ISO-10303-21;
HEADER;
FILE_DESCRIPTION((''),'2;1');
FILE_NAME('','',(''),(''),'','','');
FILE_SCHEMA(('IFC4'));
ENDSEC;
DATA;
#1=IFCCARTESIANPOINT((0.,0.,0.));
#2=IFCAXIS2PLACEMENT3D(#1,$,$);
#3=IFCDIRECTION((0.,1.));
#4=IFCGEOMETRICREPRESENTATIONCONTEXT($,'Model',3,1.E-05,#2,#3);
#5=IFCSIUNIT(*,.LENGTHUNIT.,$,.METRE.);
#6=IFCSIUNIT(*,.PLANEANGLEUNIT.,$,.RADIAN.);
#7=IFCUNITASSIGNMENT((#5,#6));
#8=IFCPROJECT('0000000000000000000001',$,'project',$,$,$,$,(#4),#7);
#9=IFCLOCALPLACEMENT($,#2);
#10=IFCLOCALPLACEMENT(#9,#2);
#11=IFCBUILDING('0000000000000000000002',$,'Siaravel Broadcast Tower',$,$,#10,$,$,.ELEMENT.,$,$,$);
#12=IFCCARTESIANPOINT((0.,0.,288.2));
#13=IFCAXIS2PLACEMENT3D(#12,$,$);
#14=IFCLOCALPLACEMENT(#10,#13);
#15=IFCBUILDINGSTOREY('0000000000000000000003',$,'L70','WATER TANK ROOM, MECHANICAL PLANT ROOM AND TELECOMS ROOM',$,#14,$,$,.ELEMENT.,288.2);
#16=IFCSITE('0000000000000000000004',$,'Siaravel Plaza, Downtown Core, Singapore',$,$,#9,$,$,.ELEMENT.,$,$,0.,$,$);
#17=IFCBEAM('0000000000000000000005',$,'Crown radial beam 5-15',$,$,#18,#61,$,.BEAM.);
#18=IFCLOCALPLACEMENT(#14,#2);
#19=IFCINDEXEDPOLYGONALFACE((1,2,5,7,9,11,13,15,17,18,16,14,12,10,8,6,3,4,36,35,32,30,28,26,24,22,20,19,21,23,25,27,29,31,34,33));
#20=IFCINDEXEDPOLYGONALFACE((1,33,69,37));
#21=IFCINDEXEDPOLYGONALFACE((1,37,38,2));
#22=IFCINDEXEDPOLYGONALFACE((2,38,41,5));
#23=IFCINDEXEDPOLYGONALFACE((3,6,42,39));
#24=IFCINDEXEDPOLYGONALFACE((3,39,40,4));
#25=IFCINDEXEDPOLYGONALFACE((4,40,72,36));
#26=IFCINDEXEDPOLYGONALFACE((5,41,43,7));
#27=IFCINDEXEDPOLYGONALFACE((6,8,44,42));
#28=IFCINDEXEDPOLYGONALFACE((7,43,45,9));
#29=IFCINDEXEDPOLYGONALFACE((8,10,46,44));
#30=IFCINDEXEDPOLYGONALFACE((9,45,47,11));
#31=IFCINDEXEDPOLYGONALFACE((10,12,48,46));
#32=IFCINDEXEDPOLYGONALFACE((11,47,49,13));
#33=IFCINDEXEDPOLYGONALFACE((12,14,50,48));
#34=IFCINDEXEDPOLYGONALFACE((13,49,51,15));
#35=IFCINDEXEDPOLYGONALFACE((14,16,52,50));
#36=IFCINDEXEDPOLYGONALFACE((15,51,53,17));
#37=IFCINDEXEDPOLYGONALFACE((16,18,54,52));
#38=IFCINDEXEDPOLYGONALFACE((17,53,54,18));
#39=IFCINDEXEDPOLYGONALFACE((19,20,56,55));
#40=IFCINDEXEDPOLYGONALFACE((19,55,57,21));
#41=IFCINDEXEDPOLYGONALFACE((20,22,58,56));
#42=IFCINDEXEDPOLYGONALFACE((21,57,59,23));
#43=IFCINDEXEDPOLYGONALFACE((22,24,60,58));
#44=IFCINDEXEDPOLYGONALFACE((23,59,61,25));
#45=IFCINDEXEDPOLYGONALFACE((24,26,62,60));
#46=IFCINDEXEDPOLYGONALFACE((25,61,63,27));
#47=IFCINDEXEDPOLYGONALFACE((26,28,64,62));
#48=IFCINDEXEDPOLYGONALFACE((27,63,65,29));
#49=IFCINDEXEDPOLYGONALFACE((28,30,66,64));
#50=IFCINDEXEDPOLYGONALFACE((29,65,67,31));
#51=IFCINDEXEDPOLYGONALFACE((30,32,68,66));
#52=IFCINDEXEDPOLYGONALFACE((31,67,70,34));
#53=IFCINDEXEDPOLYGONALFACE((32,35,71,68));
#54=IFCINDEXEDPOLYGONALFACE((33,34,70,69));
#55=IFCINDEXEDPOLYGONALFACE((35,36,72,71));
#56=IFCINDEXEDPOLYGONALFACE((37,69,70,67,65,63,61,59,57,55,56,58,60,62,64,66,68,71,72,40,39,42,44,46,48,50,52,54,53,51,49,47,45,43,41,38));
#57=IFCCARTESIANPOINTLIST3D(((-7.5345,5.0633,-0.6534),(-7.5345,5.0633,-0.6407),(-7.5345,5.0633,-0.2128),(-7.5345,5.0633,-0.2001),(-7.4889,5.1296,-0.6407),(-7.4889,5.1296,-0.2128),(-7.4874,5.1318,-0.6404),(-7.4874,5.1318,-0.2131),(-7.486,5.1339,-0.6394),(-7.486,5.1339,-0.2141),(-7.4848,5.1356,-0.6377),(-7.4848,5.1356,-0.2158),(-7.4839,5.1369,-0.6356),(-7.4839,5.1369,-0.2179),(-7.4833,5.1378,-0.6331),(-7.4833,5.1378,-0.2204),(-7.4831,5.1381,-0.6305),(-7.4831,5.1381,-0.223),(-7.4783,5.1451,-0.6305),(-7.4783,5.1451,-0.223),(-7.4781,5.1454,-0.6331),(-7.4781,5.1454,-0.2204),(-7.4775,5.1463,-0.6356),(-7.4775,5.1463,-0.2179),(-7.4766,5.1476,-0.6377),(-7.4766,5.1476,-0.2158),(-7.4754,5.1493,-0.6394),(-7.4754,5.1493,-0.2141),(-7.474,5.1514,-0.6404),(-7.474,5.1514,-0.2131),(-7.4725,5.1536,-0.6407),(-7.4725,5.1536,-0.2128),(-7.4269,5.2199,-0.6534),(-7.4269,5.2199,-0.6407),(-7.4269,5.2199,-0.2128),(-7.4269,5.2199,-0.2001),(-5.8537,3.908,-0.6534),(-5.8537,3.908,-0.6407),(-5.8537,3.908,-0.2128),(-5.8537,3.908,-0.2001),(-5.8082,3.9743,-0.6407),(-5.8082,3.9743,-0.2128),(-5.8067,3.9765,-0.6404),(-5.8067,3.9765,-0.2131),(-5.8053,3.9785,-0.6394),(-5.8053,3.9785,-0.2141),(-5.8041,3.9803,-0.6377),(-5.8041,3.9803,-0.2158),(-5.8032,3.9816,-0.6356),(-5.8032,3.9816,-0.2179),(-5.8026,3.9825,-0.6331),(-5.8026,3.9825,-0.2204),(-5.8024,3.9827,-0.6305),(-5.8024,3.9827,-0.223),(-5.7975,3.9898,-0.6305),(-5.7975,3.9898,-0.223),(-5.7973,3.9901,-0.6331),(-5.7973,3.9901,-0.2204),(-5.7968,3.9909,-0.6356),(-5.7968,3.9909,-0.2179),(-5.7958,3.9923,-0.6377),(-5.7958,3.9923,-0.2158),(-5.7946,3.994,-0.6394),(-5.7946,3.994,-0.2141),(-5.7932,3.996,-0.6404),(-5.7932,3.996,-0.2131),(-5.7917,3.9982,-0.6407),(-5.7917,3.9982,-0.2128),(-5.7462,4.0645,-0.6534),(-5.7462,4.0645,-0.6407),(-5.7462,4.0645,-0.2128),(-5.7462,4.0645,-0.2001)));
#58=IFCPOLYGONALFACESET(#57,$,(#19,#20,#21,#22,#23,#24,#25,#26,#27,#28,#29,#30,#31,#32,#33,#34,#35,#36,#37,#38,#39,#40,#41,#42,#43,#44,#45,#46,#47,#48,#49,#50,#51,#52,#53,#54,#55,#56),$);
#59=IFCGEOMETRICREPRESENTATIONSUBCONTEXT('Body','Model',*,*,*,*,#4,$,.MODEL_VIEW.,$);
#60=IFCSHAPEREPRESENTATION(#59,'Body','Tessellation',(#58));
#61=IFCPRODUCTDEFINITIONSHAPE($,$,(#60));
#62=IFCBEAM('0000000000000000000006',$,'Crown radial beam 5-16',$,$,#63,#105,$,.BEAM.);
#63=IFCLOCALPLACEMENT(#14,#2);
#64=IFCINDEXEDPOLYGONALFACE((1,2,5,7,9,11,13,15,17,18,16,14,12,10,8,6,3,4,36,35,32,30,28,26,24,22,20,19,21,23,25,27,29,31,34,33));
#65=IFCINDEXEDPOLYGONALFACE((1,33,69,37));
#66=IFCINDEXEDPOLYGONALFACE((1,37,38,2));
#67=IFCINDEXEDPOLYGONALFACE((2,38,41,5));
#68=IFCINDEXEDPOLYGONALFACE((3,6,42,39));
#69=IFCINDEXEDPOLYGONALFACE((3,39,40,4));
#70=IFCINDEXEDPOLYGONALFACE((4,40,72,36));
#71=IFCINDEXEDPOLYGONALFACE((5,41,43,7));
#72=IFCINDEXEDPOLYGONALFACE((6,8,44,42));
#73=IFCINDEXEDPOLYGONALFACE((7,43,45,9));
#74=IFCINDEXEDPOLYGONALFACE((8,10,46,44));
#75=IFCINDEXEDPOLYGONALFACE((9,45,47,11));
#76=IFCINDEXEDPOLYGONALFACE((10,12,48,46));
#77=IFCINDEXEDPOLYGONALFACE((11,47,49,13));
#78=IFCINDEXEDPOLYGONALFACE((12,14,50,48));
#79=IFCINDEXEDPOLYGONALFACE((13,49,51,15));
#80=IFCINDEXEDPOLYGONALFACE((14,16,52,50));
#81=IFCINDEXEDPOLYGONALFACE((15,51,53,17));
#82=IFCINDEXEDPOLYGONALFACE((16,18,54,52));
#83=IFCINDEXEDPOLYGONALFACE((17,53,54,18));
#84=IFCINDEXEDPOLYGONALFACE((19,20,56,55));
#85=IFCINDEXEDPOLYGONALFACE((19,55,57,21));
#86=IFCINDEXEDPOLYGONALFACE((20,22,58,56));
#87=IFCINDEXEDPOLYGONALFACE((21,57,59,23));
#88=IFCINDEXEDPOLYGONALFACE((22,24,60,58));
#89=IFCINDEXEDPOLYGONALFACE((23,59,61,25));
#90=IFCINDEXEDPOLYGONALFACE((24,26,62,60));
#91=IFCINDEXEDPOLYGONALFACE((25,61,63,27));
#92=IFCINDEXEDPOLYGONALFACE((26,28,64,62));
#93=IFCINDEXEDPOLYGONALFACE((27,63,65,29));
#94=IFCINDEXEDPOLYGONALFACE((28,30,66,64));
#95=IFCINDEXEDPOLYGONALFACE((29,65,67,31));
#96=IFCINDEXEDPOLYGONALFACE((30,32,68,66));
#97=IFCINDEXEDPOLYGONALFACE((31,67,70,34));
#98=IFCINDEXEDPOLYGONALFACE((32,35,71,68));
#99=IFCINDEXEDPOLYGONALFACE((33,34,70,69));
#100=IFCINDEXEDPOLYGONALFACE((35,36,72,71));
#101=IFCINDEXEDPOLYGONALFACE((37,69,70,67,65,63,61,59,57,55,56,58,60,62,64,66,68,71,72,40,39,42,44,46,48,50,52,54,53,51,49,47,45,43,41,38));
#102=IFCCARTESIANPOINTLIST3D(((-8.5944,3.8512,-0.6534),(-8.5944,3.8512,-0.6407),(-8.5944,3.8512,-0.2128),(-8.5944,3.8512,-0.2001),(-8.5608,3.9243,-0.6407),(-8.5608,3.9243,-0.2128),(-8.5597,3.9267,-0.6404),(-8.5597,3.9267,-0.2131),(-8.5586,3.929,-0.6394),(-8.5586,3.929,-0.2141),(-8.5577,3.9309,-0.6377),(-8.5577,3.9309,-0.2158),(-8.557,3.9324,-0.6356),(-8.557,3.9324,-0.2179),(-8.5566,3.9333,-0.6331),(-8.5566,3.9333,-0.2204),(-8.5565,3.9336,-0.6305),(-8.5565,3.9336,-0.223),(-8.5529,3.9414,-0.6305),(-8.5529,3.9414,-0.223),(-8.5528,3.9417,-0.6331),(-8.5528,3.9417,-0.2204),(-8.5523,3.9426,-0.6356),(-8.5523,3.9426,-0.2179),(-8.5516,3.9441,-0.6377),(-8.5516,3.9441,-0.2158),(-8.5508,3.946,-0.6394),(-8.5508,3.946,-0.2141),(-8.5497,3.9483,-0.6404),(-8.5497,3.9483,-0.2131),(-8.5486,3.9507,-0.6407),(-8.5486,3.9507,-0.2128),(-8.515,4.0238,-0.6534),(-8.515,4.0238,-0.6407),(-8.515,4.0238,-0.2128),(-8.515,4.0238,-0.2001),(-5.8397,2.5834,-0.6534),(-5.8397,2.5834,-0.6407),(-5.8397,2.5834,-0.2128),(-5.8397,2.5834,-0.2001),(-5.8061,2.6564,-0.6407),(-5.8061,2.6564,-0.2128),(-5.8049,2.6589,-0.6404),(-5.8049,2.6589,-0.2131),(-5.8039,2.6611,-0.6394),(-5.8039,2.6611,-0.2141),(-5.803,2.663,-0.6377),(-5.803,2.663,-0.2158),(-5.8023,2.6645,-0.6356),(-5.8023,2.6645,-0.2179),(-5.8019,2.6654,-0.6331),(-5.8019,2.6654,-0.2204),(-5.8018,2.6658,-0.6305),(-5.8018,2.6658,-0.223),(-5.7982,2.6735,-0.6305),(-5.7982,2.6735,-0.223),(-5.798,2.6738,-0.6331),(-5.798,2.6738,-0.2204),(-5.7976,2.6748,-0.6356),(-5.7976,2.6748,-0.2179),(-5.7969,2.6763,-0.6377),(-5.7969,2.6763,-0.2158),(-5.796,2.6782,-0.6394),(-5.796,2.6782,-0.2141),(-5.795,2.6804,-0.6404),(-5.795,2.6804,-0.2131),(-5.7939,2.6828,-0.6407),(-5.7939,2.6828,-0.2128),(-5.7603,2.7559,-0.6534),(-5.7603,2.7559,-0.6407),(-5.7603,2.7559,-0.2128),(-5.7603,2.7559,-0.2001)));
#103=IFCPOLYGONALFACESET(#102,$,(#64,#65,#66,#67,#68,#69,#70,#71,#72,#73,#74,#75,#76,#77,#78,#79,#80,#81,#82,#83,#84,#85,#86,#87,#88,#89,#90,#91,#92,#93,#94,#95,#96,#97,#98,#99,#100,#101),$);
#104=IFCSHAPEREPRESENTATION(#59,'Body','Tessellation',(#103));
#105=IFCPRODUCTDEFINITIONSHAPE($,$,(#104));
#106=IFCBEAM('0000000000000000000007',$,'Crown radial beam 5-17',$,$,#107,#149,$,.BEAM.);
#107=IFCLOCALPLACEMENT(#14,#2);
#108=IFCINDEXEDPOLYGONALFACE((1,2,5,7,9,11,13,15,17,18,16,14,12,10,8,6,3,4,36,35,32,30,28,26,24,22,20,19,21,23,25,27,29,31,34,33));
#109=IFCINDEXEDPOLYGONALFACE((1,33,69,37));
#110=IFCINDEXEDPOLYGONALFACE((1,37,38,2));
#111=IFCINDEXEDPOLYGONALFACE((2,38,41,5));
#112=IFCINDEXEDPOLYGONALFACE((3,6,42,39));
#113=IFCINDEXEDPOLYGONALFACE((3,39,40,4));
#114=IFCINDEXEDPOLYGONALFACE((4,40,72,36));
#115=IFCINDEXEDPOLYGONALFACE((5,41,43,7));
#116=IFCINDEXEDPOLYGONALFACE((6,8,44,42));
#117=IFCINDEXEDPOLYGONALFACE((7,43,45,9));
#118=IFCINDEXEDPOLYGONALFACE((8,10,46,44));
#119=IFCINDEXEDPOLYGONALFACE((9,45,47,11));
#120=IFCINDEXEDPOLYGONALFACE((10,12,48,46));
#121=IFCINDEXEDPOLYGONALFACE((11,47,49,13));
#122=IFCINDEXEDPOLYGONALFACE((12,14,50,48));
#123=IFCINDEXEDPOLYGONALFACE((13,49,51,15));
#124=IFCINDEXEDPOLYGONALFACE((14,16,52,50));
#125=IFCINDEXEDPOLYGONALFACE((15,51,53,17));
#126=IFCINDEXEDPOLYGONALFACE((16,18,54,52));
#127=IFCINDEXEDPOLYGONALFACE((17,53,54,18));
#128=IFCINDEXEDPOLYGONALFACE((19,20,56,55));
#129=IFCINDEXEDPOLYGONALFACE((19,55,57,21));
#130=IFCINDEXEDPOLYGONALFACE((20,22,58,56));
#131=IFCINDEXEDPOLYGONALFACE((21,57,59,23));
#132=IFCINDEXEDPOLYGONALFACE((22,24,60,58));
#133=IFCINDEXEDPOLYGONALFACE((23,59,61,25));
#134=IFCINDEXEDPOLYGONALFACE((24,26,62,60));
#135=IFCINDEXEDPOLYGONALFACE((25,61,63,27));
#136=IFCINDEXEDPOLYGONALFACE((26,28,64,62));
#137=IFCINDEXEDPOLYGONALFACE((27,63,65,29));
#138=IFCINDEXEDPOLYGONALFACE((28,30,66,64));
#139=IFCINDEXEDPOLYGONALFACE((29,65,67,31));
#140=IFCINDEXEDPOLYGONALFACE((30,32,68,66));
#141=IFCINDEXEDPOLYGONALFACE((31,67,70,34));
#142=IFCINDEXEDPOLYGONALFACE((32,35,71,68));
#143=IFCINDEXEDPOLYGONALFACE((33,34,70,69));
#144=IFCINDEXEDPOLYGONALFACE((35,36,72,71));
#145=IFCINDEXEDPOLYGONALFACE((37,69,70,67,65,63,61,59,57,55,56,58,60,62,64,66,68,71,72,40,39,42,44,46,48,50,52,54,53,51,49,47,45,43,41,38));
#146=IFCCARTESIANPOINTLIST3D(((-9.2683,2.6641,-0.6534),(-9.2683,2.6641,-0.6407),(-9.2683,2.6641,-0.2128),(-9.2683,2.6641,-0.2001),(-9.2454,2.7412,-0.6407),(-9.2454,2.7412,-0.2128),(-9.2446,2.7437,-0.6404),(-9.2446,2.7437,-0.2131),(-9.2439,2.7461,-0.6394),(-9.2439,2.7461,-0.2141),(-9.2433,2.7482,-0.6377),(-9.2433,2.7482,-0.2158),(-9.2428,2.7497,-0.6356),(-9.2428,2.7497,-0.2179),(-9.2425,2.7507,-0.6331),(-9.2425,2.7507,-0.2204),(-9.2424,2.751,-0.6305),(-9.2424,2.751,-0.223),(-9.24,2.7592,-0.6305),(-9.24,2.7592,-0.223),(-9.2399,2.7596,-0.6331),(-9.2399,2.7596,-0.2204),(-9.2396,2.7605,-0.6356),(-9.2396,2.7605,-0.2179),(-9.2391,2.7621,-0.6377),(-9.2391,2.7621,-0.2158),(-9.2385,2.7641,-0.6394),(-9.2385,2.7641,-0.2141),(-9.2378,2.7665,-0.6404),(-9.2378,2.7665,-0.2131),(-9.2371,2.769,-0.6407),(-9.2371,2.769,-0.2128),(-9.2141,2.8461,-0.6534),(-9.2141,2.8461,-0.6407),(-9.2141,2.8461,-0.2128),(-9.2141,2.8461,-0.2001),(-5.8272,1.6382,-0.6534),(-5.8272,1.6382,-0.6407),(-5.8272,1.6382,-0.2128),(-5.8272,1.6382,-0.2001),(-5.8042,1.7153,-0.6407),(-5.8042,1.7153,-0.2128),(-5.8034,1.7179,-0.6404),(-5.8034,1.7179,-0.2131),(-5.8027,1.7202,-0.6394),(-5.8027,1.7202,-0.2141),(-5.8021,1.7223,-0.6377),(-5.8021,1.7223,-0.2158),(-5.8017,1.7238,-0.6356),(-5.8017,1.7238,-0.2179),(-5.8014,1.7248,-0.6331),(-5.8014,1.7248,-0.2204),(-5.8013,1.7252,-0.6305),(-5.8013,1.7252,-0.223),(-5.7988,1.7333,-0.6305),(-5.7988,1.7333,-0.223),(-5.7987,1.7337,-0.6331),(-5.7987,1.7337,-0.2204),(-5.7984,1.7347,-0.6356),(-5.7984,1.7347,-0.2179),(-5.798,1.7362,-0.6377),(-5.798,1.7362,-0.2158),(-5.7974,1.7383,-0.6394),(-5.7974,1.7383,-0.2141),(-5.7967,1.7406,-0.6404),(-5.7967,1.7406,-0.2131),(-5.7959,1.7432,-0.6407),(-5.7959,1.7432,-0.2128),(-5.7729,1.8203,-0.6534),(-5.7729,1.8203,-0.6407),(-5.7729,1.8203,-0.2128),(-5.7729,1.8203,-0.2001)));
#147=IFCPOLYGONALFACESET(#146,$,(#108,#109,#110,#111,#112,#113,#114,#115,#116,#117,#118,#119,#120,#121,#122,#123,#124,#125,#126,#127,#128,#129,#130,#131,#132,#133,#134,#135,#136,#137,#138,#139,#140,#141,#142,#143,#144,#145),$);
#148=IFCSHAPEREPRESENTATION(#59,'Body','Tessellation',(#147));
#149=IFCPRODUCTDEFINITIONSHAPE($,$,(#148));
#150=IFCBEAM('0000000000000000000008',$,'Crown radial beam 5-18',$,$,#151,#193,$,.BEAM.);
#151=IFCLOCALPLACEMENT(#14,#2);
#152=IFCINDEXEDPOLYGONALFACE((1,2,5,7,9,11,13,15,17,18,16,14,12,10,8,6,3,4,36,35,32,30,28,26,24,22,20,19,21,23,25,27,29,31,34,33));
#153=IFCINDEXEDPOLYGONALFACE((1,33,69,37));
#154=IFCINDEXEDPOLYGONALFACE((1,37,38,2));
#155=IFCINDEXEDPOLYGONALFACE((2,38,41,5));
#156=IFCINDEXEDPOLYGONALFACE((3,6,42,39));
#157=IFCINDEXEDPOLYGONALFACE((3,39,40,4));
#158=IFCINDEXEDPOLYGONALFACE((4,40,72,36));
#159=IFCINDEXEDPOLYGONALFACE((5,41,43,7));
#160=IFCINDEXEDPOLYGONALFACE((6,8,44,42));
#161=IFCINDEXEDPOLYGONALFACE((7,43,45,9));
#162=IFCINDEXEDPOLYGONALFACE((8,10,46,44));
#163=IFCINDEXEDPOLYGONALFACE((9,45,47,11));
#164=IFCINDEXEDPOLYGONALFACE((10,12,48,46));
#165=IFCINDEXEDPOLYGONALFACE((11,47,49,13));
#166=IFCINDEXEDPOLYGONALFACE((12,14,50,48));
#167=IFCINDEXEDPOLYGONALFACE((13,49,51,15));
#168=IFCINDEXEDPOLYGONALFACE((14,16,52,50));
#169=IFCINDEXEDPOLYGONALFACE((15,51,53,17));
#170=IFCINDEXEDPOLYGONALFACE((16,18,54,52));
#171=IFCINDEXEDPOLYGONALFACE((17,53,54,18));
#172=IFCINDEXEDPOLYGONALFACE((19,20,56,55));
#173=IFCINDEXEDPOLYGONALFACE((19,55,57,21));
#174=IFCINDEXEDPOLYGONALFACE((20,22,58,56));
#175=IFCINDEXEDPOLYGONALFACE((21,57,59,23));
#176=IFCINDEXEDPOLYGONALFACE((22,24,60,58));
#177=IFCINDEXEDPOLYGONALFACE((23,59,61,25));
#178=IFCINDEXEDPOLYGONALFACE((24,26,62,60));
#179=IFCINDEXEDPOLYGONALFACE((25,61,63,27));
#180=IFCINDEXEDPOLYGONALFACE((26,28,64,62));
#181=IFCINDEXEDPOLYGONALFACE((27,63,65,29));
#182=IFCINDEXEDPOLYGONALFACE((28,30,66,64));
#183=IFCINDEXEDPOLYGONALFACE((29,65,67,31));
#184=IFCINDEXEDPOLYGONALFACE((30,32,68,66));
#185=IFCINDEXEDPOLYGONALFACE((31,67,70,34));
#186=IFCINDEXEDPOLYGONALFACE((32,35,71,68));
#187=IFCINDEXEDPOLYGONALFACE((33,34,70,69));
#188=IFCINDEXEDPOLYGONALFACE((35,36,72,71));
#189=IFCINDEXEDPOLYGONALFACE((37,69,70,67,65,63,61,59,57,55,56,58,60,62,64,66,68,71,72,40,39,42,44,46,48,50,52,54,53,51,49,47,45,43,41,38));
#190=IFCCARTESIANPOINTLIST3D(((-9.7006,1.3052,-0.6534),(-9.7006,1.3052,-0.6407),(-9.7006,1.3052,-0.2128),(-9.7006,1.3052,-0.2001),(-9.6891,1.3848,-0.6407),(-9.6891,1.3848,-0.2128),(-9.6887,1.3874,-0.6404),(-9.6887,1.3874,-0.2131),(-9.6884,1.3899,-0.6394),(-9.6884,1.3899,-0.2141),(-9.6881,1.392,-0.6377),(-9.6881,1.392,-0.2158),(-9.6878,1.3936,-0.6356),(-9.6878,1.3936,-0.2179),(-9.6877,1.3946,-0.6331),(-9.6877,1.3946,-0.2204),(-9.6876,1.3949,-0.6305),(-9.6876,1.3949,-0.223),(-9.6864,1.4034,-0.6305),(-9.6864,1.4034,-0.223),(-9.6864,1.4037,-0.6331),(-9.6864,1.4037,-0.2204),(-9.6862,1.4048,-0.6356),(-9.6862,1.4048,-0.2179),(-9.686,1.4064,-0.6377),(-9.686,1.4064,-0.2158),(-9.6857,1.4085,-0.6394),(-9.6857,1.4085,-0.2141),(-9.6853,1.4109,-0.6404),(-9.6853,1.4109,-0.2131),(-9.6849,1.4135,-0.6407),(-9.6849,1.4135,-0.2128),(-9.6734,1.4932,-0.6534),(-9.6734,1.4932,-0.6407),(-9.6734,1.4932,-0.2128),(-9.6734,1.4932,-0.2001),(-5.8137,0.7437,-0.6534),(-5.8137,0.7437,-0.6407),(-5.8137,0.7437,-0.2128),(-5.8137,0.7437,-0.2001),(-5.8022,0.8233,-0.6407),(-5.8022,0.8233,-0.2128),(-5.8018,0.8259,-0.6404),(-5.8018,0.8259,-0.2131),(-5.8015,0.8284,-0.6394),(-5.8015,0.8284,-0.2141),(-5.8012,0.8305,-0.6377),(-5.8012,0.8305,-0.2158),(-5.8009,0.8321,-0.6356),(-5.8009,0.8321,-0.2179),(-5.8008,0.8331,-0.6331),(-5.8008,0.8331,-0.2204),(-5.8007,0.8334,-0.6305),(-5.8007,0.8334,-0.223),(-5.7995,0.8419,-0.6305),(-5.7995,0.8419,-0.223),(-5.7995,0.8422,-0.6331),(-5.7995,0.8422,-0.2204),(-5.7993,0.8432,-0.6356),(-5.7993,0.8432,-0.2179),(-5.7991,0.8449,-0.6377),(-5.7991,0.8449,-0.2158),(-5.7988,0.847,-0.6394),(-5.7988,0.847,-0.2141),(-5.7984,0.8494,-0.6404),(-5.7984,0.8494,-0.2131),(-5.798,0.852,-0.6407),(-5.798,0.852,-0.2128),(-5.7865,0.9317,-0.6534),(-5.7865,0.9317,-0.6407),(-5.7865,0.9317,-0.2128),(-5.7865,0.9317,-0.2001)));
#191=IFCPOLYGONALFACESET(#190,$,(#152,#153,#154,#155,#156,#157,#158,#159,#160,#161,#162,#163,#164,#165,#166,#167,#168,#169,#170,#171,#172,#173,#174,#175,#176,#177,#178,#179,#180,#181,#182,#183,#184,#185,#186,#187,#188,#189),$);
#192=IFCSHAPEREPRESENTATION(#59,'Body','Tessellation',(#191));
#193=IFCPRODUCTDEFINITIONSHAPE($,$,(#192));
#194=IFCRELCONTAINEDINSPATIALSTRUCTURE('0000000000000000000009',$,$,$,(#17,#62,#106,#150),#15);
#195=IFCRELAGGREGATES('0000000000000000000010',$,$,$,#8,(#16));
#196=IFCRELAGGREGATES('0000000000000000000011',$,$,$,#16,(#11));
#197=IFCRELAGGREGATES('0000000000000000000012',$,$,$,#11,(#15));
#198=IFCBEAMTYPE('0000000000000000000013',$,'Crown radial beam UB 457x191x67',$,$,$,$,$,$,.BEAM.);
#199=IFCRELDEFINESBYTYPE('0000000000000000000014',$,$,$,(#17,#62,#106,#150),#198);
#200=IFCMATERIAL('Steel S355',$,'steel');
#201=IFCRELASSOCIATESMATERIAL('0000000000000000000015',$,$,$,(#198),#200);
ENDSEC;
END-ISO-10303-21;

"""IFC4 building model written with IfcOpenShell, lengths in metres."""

from ifc_helpers import new_model, si_unit, direction, frame, origin, origin_2d, place, context, subcontext, project, spatial, i_section, extrude, material, material_profile, profile_set, type_object, element, save


model = new_model("IFC4")

# Units and contexts
model_context = context("Model", 3, precision=1e-05, world=origin(), true_north=direction((0.0, 1.0)))
body_context = subcontext(model_context, "Body", "Model", "MODEL_VIEW")
ifc_project = project(units=[si_unit("LENGTHUNIT", "METRE"), si_unit("PLANEANGLEUNIT", "RADIAN")], contexts=[model_context])

# Site, building, storey
site_placement = place(None, origin())
site = spatial("IfcSite", under=ifc_project, at=site_placement, Name="Siaravel Plaza, Downtown Core, Singapore", CompositionType="ELEMENT", RefElevation=0.0)
building_placement = place(site_placement, origin())
building = spatial("IfcBuilding", under=site, at=building_placement, Name="Siaravel Broadcast Tower", CompositionType="ELEMENT")
storey_placement = place(building_placement, frame((0.0, 0.0, 288.2)))
storey = spatial("IfcBuildingStorey", under=building, at=storey_placement, Name="L70", Description="WATER TANK ROOM, MECHANICAL PLANT ROOM AND TELECOMS ROOM", CompositionType="ELEMENT", Elevation=288.2)

# Beams
ifc_material_1 = material(Name="Steel S355", Category="steel")
ifc_material_profile_1 = material_profile(ifc_material_1, i_section(OverallWidth=0.1899, OverallDepth=0.4534, WebThickness=0.0085, FlangeThickness=0.0127, FilletRadius=0.0103, at=origin_2d()))
ifc_profile_set_1 = profile_set([ifc_material_profile_1], Name="Steel S355")
beam_type_1 = type_object("IfcBeamType", Name="Crown radial beam UB 457x191x67", PredefinedType="BEAM", material=ifc_profile_set_1)
beam_1_placement = place(storey_placement, frame((-7.4807, 5.1416, -0.4268), z_axis=(0.824084, -0.566468, 0.0), x_axis=(0.566468, 0.824084, 0.0)))
element("IfcBeam", 1, at=beam_1_placement, inside=storey, type_object=beam_type_1, Name="Crown radial beam 5-15", PredefinedType="BEAM", context=body_context, shape_type="SweptSolid", body=[
    extrude(i_section(OverallWidth=0.1899, OverallDepth=0.4534, WebThickness=0.0085, FlangeThickness=0.0127, FilletRadius=0.0103, at=origin_2d()), origin(), (0.0, 0.0, 1.0), 2.0396),
])
beam_2_placement = place(storey_placement, frame((-8.5547, 3.9375, -0.4268), z_axis=(0.908404, -0.418093, 0.0), x_axis=(0.418093, 0.908404, 0.0)))
element("IfcBeam", 2, at=beam_2_placement, inside=storey, type_object=beam_type_1, Name="Crown radial beam 5-16", PredefinedType="BEAM", context=body_context, shape_type="SweptSolid", body=[
    extrude(i_section(OverallWidth=0.1899, OverallDepth=0.4534, WebThickness=0.0085, FlangeThickness=0.0127, FilletRadius=0.0103, at=origin_2d()), origin(), (0.0, 0.0, 1.0), 3.0325),
])
beam_3_placement = place(storey_placement, frame((-9.2412, 2.7551, -0.4268), z_axis=(0.958321, -0.285694, 0.0), x_axis=(0.285694, 0.958321, 0.0)))
element("IfcBeam", 3, at=beam_3_placement, inside=storey, type_object=beam_type_1, Name="Crown radial beam 5-17", PredefinedType="BEAM", context=body_context, shape_type="SweptSolid", body=[
    extrude(i_section(OverallWidth=0.1899, OverallDepth=0.4534, WebThickness=0.0085, FlangeThickness=0.0127, FilletRadius=0.0103, at=origin_2d()), origin(), (0.0, 0.0, 1.0), 3.5908),
])
beam_4_placement = place(storey_placement, frame((-9.687, 1.3992, -0.4268), z_axis=(0.989726, -0.142979, 0.0), x_axis=(0.142979, 0.989726, 0.0)))
element("IfcBeam", 4, at=beam_4_placement, inside=storey, type_object=beam_type_1, Name="Crown radial beam 5-18", PredefinedType="BEAM", context=body_context, shape_type="SweptSolid", body=[
    extrude(i_section(OverallWidth=0.1899, OverallDepth=0.4534, WebThickness=0.0085, FlangeThickness=0.0127, FilletRadius=0.0103, at=origin_2d()), origin(), (0.0, 0.0, 1.0), 3.9272),
])

save(model, "model.ifc")
